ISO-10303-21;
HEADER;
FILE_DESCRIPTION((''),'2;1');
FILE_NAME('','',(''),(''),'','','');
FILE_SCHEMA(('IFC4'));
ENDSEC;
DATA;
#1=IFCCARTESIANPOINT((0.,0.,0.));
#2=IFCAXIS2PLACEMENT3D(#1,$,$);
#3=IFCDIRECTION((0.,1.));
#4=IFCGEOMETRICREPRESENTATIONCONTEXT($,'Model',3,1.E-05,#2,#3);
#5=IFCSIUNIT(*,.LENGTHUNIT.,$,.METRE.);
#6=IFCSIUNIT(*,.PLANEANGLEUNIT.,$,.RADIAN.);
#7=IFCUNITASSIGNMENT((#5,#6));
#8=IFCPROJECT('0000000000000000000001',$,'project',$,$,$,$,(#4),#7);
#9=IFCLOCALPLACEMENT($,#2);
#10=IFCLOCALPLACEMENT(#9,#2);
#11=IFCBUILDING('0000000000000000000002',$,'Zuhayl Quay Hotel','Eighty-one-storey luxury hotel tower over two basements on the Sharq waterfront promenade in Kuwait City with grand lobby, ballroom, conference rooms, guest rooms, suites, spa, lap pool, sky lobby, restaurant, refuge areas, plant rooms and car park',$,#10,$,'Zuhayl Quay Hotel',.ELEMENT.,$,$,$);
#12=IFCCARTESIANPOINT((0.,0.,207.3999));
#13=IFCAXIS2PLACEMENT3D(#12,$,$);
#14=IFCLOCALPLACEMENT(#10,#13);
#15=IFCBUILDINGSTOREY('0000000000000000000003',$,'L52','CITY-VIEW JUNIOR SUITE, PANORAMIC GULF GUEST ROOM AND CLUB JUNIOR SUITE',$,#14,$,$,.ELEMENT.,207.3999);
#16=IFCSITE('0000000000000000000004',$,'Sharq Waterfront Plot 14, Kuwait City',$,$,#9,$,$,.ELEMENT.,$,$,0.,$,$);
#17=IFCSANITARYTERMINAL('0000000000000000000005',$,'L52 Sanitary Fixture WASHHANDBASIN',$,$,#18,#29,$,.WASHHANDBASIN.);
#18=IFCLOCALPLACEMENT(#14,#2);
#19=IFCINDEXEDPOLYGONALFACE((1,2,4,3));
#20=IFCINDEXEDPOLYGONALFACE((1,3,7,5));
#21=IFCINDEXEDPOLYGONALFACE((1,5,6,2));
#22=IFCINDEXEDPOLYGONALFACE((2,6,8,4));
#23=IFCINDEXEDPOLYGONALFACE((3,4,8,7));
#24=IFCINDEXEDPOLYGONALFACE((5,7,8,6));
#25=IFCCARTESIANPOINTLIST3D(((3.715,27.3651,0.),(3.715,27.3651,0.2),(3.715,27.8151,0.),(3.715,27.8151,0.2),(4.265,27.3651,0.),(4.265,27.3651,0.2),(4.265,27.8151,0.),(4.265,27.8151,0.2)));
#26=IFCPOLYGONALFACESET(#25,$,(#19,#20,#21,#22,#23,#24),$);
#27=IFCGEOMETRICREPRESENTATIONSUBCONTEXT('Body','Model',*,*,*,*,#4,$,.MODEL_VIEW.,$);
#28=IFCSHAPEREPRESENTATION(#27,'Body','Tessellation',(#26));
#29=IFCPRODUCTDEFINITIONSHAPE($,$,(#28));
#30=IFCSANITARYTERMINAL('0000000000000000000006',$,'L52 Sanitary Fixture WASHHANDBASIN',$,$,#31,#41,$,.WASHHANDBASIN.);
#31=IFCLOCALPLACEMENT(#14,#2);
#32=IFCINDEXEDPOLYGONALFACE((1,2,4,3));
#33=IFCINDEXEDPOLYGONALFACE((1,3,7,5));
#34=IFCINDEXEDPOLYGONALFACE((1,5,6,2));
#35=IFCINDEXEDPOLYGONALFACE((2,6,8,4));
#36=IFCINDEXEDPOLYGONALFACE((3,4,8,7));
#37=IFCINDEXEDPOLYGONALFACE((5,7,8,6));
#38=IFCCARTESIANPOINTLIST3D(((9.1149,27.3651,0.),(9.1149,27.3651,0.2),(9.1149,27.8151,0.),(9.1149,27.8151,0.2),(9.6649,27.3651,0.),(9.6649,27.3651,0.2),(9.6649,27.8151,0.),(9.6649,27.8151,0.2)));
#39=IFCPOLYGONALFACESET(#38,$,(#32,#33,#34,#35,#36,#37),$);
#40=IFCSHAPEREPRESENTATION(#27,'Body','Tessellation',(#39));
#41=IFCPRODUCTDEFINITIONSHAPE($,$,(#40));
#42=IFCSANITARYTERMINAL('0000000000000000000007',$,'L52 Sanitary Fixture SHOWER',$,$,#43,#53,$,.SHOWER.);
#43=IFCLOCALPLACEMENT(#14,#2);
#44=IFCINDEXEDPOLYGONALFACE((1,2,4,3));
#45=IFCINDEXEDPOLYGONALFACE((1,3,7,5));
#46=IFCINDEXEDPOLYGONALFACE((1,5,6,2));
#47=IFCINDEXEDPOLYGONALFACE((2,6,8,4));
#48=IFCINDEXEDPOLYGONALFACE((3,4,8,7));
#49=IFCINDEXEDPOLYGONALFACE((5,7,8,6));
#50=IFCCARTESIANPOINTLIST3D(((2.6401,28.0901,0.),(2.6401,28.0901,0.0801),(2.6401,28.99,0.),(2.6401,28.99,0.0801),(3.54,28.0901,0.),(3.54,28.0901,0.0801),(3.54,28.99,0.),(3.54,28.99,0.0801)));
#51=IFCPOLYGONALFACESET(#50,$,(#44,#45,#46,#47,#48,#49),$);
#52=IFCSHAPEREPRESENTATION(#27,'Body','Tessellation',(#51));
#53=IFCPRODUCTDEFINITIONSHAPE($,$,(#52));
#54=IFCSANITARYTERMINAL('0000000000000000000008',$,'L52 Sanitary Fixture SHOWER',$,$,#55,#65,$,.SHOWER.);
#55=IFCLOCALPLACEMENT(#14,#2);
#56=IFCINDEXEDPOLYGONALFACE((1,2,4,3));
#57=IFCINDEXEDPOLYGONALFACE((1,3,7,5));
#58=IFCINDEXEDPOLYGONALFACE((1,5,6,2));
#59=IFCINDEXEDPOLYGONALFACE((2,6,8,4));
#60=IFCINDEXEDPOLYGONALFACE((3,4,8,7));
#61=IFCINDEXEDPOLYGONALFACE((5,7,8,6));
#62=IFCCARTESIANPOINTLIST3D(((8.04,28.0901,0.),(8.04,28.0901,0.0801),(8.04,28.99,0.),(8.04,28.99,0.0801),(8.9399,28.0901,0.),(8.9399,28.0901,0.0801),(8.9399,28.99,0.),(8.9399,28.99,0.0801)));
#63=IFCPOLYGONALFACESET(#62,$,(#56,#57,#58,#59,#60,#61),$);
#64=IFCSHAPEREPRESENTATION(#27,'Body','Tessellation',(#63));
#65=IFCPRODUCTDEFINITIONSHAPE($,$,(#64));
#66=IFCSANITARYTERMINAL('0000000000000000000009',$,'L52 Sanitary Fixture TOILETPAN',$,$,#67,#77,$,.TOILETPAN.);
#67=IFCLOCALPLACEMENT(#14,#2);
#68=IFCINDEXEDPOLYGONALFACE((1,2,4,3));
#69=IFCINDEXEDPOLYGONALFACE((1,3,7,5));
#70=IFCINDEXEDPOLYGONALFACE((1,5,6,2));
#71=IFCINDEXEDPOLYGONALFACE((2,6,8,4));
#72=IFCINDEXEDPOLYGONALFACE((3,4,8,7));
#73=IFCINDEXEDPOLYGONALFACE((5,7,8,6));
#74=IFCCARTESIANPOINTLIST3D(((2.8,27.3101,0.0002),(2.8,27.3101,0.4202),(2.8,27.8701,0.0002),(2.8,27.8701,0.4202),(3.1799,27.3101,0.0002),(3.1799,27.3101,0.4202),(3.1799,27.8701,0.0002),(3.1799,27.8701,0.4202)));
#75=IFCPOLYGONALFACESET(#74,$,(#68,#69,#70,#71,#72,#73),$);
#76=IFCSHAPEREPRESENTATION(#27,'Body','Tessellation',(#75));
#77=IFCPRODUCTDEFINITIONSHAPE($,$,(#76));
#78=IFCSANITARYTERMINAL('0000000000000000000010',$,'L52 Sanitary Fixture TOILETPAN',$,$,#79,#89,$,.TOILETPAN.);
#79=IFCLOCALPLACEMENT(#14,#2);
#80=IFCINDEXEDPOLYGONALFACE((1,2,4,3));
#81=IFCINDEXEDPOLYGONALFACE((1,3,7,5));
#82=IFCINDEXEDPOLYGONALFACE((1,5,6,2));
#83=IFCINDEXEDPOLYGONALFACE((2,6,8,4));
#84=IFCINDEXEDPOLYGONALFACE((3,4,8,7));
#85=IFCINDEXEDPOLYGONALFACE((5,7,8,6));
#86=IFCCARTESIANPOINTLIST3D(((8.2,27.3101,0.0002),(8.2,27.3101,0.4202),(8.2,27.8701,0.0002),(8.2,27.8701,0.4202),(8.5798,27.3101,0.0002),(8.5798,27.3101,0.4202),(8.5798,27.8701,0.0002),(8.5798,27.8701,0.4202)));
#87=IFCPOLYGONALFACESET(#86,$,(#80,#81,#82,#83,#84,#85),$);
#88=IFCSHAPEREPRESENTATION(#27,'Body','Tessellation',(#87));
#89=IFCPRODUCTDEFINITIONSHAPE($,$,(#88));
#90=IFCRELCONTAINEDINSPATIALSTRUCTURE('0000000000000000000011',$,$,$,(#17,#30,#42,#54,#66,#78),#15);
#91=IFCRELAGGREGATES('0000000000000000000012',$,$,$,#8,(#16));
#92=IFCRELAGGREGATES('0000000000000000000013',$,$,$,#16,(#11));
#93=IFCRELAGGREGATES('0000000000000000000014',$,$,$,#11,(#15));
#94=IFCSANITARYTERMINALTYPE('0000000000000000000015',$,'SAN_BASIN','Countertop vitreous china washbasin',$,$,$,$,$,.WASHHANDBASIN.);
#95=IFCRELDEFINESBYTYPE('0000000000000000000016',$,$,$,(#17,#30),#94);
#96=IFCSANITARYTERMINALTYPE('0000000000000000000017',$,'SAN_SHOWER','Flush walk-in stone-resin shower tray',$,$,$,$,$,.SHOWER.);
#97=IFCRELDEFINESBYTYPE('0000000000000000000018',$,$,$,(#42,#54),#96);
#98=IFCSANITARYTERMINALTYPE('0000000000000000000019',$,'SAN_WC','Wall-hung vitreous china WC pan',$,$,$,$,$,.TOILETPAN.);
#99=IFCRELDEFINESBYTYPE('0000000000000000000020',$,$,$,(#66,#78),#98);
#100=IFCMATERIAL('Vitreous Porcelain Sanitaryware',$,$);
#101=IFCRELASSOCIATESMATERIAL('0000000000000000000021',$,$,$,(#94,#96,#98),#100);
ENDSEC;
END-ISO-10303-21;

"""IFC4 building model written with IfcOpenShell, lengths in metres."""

from ifc_helpers import new_model, si_unit, direction, frame, origin, origin_2d, place, context, subcontext, project, spatial, rectangle, extrude, material, type_object, element, save


model = new_model("IFC4")

# Units and contexts
model_context = context("Model", 3, precision=1e-05, world=origin(), true_north=direction((0.0, 1.0)))
body_context = subcontext(model_context, "Body", "Model", "MODEL_VIEW")
ifc_project = project(units=[si_unit("LENGTHUNIT", "METRE"), si_unit("PLANEANGLEUNIT", "RADIAN")], contexts=[model_context])

# Site, building, storey
site_placement = place(None, origin())
site = spatial("IfcSite", under=ifc_project, at=site_placement, Name="Sharq Waterfront Plot 14, Kuwait City", CompositionType="ELEMENT", RefElevation=0.0)
building_placement = place(site_placement, origin())
building = spatial("IfcBuilding", under=site, at=building_placement, Name="Zuhayl Quay Hotel", Description="Eighty-one-storey luxury hotel tower over two basements on the Sharq waterfront promenade in Kuwait City with grand lobby, ballroom, conference rooms, guest rooms, suites, spa, lap pool, sky lobby, restaurant, refuge areas, plant rooms and car park", LongName="Zuhayl Quay Hotel", CompositionType="ELEMENT")
storey_placement = place(building_placement, frame((0.0, 0.0, 207.3999)))
storey = spatial("IfcBuildingStorey", under=building, at=storey_placement, Name="L52", Description="CITY-VIEW JUNIOR SUITE, PANORAMIC GULF GUEST ROOM AND CLUB JUNIOR SUITE", CompositionType="ELEMENT", Elevation=207.3999)

# Sanitary terminals
ifc_material_1 = material(Name="Vitreous Porcelain Sanitaryware")
sanitary_terminal_type_1 = type_object("IfcSanitaryTerminalType", Name="SAN_BASIN", Description="Countertop vitreous china washbasin", PredefinedType="WASHHANDBASIN", material=ifc_material_1)
for number, where, z_axis, x_axis, name in (
    (1, (3.99, 27.5901, 0.0), (0.0, 0.0, 1.0), (1.0, 0.0, 0.0), "L52 Sanitary Fixture WASHHANDBASIN"),
    (2, (9.3899, 27.5901, 0.0), (0.0, 0.0, 1.0), (1.0, 0.0, 0.0), "L52 Sanitary Fixture WASHHANDBASIN"),
):
    element("IfcSanitaryTerminal", number, at=place(storey_placement, frame(where, z_axis=z_axis, x_axis=x_axis)), inside=storey, type_object=sanitary_terminal_type_1, Name=name, PredefinedType="WASHHANDBASIN", context=body_context, shape_type="SweptSolid", body=[
        extrude(rectangle(XDim=0.55, YDim=0.45, at=origin_2d()), origin(), (0.0, 0.0, 1.0), 0.2),
    ])
sanitary_terminal_type_2 = type_object("IfcSanitaryTerminalType", Name="SAN_SHOWER", Description="Flush walk-in stone-resin shower tray", PredefinedType="SHOWER", material=ifc_material_1)
for number, where, z_axis, x_axis, name in (
    (3, (3.0901, 28.54, 0.0), (0.0, 0.0, 1.0), (1.0, 0.0, 0.0), "L52 Sanitary Fixture SHOWER"),
    (4, (8.49, 28.54, 0.0), (0.0, 0.0, 1.0), (1.0, 0.0, 0.0), "L52 Sanitary Fixture SHOWER"),
):
    element("IfcSanitaryTerminal", number, at=place(storey_placement, frame(where, z_axis=z_axis, x_axis=x_axis)), inside=storey, type_object=sanitary_terminal_type_2, Name=name, PredefinedType="SHOWER", context=body_context, shape_type="SweptSolid", body=[
        extrude(rectangle(XDim=0.8999, YDim=0.8999, at=origin_2d()), origin(), (0.0, 0.0, 1.0), 0.0801),
    ])
sanitary_terminal_type_3 = type_object("IfcSanitaryTerminalType", Name="SAN_WC", Description="Wall-hung vitreous china WC pan", PredefinedType="TOILETPAN", material=ifc_material_1)
for number, where, z_axis, x_axis, name in (
    (5, (2.99, 27.5901, 0.0002), (0.0, 0.0, 1.0), (1.0, 0.0, 0.0), "L52 Sanitary Fixture TOILETPAN"),
    (6, (8.3899, 27.5901, 0.0002), (0.0, 0.0, 1.0), (1.0, 0.0, 0.0), "L52 Sanitary Fixture TOILETPAN"),
):
    element("IfcSanitaryTerminal", number, at=place(storey_placement, frame(where, z_axis=z_axis, x_axis=x_axis)), inside=storey, type_object=sanitary_terminal_type_3, Name=name, PredefinedType="TOILETPAN", context=body_context, shape_type="SweptSolid", body=[
        extrude(rectangle(XDim=0.3799, YDim=0.5601, at=origin_2d()), origin(), (0.0, 0.0, 1.0), 0.4199),
    ])

save(model, "model.ifc")
